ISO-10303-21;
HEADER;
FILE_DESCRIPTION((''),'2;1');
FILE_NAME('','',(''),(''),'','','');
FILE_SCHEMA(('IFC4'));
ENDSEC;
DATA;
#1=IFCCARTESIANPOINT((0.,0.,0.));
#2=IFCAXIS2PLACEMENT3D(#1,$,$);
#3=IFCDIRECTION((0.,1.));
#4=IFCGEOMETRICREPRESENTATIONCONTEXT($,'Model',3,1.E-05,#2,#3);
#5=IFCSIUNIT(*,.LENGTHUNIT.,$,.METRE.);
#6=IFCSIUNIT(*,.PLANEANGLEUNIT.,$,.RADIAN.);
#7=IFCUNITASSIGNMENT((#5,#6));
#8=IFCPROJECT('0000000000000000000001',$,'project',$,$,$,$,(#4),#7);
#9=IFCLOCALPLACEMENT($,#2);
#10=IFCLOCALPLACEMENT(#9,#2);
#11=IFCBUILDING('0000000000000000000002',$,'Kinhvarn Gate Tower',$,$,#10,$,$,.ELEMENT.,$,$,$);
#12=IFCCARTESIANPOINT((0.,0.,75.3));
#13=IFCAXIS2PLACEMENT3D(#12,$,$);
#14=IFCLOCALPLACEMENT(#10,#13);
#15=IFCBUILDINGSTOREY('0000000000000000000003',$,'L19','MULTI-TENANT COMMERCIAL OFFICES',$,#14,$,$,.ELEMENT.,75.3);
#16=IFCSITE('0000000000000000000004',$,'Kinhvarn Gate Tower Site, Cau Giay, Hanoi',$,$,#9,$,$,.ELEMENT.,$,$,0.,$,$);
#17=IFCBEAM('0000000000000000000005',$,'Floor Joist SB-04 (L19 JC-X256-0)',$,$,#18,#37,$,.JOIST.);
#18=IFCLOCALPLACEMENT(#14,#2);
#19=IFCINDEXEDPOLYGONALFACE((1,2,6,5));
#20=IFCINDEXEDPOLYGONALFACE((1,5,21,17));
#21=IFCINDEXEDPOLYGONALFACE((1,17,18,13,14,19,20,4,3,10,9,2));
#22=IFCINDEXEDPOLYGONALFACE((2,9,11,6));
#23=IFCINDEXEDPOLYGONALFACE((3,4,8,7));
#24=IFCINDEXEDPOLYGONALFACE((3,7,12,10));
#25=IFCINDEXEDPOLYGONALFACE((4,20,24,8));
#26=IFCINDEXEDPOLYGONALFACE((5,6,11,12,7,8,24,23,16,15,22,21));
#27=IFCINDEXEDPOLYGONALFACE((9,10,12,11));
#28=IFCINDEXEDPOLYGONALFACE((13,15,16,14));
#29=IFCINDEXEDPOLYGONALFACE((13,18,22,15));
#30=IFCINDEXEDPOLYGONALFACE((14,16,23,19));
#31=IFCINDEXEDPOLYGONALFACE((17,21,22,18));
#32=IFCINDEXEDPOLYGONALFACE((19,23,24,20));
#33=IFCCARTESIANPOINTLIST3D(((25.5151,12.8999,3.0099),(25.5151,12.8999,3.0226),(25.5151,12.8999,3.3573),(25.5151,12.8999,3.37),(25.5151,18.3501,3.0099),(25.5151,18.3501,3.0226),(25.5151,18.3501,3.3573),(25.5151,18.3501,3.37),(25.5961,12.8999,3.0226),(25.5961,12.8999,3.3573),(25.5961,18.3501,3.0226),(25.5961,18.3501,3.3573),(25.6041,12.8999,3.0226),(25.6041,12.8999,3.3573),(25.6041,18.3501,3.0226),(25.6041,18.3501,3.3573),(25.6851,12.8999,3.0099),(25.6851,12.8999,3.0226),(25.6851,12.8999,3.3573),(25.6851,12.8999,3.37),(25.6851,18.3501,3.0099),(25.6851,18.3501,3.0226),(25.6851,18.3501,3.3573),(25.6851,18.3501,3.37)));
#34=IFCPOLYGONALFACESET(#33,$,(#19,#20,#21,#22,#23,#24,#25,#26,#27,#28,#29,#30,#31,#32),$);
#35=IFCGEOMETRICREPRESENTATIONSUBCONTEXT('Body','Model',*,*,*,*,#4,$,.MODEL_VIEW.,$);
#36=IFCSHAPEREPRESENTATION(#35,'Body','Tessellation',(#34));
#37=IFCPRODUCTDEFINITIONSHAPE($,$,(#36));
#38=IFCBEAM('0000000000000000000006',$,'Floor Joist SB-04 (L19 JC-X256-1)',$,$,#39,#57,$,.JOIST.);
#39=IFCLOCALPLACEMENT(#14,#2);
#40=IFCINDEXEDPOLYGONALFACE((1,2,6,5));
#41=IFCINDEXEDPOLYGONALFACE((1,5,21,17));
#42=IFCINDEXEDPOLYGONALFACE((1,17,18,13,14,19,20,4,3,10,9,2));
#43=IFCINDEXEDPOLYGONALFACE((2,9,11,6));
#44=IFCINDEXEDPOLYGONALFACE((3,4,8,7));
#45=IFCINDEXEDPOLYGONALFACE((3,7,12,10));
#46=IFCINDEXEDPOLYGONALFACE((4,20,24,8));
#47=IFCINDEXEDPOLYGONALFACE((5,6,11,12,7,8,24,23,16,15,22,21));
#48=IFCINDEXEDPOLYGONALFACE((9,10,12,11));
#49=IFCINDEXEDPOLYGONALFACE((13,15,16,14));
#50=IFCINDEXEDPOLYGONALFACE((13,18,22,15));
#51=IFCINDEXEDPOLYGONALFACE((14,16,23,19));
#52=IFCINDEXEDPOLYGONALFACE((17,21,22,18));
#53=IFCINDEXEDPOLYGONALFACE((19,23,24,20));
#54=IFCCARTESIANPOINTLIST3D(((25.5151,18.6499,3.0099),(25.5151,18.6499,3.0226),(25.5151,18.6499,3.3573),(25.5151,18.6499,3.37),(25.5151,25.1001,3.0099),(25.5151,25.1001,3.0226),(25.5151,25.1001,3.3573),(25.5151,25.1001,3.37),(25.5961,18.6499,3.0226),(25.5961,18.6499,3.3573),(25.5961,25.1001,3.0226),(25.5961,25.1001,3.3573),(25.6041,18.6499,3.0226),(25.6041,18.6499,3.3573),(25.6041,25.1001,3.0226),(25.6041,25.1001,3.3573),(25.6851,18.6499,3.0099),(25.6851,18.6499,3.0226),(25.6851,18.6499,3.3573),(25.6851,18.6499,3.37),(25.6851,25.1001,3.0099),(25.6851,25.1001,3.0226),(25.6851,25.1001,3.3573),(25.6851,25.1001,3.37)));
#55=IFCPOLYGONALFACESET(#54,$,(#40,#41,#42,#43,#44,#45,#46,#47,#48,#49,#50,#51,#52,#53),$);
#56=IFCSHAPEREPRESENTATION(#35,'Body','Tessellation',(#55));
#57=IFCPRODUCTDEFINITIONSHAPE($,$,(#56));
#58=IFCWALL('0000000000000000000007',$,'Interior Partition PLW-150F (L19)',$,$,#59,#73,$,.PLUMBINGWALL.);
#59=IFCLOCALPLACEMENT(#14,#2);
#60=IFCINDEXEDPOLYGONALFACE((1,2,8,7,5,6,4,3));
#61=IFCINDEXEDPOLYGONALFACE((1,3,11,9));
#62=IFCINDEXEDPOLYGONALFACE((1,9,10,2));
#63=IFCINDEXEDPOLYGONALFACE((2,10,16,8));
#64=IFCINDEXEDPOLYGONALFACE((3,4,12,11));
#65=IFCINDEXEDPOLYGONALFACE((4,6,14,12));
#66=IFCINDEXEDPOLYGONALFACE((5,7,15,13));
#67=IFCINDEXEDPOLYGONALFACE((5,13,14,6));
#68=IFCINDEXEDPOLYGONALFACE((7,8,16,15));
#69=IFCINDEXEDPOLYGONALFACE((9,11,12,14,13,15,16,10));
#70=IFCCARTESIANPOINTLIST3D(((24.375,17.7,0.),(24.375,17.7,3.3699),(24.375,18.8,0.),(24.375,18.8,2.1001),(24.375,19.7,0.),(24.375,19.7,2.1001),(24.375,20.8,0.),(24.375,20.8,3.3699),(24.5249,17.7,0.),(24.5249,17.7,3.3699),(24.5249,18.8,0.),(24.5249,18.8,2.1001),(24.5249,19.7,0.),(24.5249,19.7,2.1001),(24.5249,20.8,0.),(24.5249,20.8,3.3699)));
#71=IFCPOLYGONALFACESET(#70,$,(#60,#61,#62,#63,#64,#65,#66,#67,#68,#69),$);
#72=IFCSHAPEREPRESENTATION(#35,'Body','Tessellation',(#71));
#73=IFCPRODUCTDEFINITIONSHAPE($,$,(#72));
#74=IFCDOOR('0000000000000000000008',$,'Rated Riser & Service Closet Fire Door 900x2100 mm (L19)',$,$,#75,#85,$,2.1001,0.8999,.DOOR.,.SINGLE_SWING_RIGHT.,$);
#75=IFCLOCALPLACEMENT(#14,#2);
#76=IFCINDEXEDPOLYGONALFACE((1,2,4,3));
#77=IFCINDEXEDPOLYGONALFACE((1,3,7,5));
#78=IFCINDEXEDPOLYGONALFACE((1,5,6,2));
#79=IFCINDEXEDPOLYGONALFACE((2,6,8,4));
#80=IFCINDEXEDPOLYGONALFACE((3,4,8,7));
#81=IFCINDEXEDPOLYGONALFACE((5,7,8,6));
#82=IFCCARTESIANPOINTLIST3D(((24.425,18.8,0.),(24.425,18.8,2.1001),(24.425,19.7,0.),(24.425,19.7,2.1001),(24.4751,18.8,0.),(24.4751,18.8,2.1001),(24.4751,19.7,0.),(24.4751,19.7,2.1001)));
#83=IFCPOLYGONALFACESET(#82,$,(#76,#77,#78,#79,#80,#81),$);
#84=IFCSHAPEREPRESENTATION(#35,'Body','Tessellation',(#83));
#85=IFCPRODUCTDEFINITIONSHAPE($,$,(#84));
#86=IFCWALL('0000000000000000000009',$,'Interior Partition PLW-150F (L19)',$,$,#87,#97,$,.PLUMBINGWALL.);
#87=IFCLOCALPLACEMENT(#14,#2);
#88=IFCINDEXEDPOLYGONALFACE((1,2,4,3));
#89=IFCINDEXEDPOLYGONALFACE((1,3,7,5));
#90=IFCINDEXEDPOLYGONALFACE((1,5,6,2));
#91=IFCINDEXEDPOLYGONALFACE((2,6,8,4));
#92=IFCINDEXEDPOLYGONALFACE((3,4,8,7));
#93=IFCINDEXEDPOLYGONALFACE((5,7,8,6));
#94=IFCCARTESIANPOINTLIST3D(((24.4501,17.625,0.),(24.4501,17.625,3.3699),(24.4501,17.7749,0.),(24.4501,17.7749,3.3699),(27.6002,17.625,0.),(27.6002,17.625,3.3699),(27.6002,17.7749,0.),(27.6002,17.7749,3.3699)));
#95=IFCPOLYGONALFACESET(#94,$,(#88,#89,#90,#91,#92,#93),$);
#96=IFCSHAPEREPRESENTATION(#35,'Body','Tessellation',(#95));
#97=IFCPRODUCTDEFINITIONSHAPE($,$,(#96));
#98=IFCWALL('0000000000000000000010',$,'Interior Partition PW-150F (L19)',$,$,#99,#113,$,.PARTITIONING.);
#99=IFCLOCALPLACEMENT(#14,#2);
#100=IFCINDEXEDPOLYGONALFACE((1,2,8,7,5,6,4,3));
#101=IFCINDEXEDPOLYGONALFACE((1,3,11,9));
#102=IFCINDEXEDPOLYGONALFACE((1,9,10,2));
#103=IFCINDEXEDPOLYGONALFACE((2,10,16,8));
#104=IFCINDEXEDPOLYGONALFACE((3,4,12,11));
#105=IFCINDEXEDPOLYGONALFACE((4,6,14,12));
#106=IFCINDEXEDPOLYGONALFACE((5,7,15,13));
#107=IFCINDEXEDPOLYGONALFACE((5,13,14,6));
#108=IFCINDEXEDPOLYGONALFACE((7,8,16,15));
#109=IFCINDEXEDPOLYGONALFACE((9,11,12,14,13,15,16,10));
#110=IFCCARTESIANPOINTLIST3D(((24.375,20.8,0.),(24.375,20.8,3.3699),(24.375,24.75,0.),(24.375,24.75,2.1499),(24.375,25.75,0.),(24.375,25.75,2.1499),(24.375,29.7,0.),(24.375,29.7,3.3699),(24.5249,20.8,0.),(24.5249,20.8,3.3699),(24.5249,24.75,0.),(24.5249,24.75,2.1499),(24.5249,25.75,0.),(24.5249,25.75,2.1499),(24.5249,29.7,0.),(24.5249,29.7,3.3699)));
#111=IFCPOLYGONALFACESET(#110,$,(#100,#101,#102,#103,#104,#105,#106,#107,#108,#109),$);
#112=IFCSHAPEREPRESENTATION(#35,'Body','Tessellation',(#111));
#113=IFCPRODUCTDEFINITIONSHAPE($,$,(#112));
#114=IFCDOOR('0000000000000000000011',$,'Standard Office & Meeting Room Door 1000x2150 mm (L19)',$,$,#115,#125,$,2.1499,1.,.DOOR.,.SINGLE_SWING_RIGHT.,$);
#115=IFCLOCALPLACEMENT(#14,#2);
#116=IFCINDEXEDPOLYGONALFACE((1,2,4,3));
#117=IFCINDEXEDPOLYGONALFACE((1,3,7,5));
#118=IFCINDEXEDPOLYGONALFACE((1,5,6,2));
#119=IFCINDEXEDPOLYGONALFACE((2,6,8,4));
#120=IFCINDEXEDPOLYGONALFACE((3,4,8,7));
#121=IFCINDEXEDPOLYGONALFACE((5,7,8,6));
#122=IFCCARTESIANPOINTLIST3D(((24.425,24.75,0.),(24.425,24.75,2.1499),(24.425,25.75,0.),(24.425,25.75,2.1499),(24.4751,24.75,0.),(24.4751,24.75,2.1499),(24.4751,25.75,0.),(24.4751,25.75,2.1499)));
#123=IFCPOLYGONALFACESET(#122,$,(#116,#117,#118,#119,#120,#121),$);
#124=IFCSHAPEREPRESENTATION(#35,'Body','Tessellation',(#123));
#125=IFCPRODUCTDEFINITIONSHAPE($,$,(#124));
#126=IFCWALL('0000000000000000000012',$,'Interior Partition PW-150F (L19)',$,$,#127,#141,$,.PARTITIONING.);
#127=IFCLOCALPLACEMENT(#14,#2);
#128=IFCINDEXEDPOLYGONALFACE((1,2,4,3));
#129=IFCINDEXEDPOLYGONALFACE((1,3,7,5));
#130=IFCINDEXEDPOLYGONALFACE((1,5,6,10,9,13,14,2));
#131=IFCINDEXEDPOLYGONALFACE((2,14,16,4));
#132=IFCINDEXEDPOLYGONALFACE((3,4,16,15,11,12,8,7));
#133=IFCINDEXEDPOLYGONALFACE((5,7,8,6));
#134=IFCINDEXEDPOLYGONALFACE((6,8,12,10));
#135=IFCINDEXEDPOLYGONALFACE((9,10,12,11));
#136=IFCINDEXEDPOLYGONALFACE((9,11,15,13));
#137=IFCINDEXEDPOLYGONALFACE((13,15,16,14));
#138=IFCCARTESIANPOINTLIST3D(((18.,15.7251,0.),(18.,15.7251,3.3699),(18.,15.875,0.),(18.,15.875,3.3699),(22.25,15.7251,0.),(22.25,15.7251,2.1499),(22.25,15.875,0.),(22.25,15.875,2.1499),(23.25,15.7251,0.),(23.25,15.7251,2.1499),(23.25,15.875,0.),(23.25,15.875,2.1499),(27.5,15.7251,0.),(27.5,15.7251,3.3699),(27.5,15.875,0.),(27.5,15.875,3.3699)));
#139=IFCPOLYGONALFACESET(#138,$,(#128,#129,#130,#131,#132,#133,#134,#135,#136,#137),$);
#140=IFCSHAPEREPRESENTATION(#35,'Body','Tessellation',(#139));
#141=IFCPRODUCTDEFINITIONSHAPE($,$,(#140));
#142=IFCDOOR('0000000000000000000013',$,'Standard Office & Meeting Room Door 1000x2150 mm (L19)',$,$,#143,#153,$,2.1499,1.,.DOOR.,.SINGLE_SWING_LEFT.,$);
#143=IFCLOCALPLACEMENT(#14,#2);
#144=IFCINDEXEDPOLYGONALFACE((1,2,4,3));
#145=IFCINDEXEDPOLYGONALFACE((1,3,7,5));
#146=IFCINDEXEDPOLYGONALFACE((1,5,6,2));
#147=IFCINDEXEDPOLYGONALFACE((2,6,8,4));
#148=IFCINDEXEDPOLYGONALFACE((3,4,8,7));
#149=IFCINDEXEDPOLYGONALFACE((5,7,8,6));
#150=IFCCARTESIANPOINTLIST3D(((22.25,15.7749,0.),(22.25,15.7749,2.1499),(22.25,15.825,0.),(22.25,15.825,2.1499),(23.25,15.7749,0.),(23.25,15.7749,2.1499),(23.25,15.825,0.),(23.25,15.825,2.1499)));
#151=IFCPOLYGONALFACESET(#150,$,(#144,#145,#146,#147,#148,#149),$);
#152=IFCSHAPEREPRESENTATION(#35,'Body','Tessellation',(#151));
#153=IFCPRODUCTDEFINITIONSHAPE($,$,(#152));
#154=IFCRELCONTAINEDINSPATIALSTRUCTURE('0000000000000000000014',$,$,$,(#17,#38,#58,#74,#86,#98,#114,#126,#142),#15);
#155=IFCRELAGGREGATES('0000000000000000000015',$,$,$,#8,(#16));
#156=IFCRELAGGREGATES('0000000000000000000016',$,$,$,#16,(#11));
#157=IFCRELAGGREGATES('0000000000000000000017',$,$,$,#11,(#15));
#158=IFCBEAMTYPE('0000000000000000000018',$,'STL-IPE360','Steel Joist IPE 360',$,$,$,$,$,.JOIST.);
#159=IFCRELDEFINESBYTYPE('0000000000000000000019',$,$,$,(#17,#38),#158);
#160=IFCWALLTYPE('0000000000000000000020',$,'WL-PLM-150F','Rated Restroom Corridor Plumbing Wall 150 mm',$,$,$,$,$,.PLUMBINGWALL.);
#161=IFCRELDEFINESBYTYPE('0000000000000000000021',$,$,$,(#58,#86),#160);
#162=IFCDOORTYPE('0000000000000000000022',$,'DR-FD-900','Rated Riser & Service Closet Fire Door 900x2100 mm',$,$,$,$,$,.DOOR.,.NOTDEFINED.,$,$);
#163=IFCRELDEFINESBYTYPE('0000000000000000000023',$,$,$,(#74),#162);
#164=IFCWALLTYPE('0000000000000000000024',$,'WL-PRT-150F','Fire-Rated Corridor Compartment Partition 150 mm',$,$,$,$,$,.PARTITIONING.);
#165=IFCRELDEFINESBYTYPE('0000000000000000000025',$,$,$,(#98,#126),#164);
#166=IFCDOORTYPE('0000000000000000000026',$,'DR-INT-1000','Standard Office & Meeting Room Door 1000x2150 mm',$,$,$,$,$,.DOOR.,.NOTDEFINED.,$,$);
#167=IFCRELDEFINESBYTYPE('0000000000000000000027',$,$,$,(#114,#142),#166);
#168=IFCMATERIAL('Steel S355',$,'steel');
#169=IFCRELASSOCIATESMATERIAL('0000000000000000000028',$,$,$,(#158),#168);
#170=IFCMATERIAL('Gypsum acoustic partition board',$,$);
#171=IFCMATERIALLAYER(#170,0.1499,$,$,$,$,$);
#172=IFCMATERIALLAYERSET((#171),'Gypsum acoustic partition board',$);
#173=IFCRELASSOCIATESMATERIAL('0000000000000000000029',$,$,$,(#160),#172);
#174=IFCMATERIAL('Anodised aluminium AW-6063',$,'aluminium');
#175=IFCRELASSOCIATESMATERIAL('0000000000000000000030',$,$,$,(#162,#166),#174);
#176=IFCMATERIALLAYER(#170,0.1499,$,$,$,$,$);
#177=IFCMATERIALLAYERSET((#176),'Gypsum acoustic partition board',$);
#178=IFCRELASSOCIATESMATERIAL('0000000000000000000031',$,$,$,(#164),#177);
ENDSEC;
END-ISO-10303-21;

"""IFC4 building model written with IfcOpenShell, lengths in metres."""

from ifc_helpers import new_model, si_unit, direction, frame, frame_2d, origin, origin_2d, place, context, subcontext, project, spatial, rectangle, i_section, extrude, material, layer, layer_set, material_profile, profile_set, type_object, element, fill, save


model = new_model("IFC4")

# Units and contexts
model_context = context("Model", 3, precision=1e-05, world=origin(), true_north=direction((0.0, 1.0)))
body_context = subcontext(model_context, "Body", "Model", "MODEL_VIEW")
ifc_project = project(units=[si_unit("LENGTHUNIT", "METRE"), si_unit("PLANEANGLEUNIT", "RADIAN")], contexts=[model_context])

# Site, building, storey
site_placement = place(None, origin())
site = spatial("IfcSite", under=ifc_project, at=site_placement, Name="Kinhvarn Gate Tower Site, Cau Giay, Hanoi", CompositionType="ELEMENT", RefElevation=0.0)
building_placement = place(site_placement, origin())
building = spatial("IfcBuilding", under=site, at=building_placement, Name="Kinhvarn Gate Tower", CompositionType="ELEMENT")
storey_placement = place(building_placement, frame((0.0, 0.0, 75.3)))
storey = spatial("IfcBuildingStorey", under=building, at=storey_placement, Name="L19", Description="MULTI-TENANT COMMERCIAL OFFICES", CompositionType="ELEMENT", Elevation=75.3)

# Beams
ifc_material_1 = material(Name="Steel S355", Category="steel")
ifc_material_profile_1 = material_profile(ifc_material_1, i_section(OverallWidth=0.1699, OverallDepth=0.3601, WebThickness=0.0081, FlangeThickness=0.0127, at=origin_2d()), Name="IPE 360")
ifc_profile_set_1 = profile_set([ifc_material_profile_1], Name="Steel S355")
beam_type_1 = type_object("IfcBeamType", Name="STL-IPE360", Description="Steel Joist IPE 360", PredefinedType="JOIST", material=ifc_profile_set_1)
beam_1_placement = place(storey_placement, frame((25.6001, 12.8999, 3.1899), z_axis=(0.0, 1.0, 0.0), x_axis=(-1.0, 0.0, 0.0)))
element("IfcBeam", 1, at=beam_1_placement, inside=storey, type_object=beam_type_1, Name="Floor Joist SB-04 (L19 JC-X256-0)", PredefinedType="JOIST", context=body_context, shape_type="SweptSolid", body=[
    extrude(i_section(OverallWidth=0.1699, OverallDepth=0.3601, WebThickness=0.0081, FlangeThickness=0.0127, at=origin_2d()), origin(), (0.0, 0.0, 1.0), 5.4502),
])
beam_2_placement = place(storey_placement, frame((25.6001, 18.6499, 3.1899), z_axis=(0.0, 1.0, 0.0), x_axis=(-1.0, 0.0, 0.0)))
element("IfcBeam", 2, at=beam_2_placement, inside=storey, type_object=beam_type_1, Name="Floor Joist SB-04 (L19 JC-X256-1)", PredefinedType="JOIST", context=body_context, shape_type="SweptSolid", body=[
    extrude(i_section(OverallWidth=0.1699, OverallDepth=0.3601, WebThickness=0.0081, FlangeThickness=0.0127, at=origin_2d()), origin(), (0.0, 0.0, 1.0), 6.4502),
])

# Wall, opening, door
ifc_material_2 = material(Name="Gypsum acoustic partition board")
ifc_layer_1 = layer(ifc_material_2, 0.1499)
ifc_layer_set_1 = layer_set([ifc_layer_1], Name="Gypsum acoustic partition board")
wall_type_1 = type_object("IfcWallType", Name="WL-PLM-150F", Description="Rated Restroom Corridor Plumbing Wall 150 mm", PredefinedType="PLUMBINGWALL", material=ifc_layer_set_1)
wall_1_placement = place(storey_placement, frame((24.45, 17.7, 0.0), z_axis=(0.0, 0.0, 1.0), x_axis=(0.0, 1.0, 0.0)))
wall_1 = element("IfcWall", 3, at=wall_1_placement, inside=storey, type_object=wall_type_1, Name="Interior Partition PLW-150F (L19)", PredefinedType="PLUMBINGWALL", context=body_context, shape_type="SweptSolid", body=[
    extrude(rectangle(XDim=3.1001, YDim=0.1499, at=frame_2d((1.55, 0.0))), origin(), (0.0, 0.0, 1.0), 3.3699),
])
opening_1_placement = place(wall_1_placement, frame((1.1001, 0.0, 0.0)))
opening_1 = element("IfcOpeningElement", 4, at=opening_1_placement, cuts=wall_1, PredefinedType="OPENING", context=body_context, shape_type="SweptSolid", body=[
    extrude(rectangle(XDim=0.8999, YDim=2.1001, at=frame_2d((0.45, 1.05))), frame((0.0, 0.085, 0.0), z_axis=(0.0, -1.0, 0.0), x_axis=(1.0, 0.0, 0.0)), (0.0, 0.0, 1.0), 0.1699),
])
ifc_material_3 = material(Name="Anodised aluminium AW-6063", Category="aluminium")
door_type_1 = type_object("IfcDoorType", Name="DR-FD-900", Description="Rated Riser & Service Closet Fire Door 900x2100 mm", OperationType="NOTDEFINED", PredefinedType="DOOR", material=ifc_material_3)
door_1_placement = place(opening_1_placement, origin())
door_1 = element("IfcDoor", 5, at=door_1_placement, inside=storey, type_object=door_type_1, Name="Rated Riser & Service Closet Fire Door 900x2100 mm (L19)", OperationType="SINGLE_SWING_RIGHT", OverallHeight=2.1001, OverallWidth=0.8999, PredefinedType="DOOR", context=body_context, shape_type="SweptSolid", body=[
    extrude(rectangle(XDim=0.8999, YDim=2.1001, at=frame_2d((0.45, 1.05))), frame((0.0, 0.0249, 0.0), z_axis=(0.0, -1.0, 0.0), x_axis=(1.0, 0.0, 0.0)), (0.0, 0.0, 1.0), 0.05),
])
fill(opening_1, door_1)

# Wall
wall_2_placement = place(storey_placement, frame((24.45, 17.7, 0.0), z_axis=(0.0, 0.0, 1.0), x_axis=(1.0, 0.0, 0.0)))
element("IfcWall", 6, at=wall_2_placement, inside=storey, type_object=wall_type_1, Name="Interior Partition PLW-150F (L19)", PredefinedType="PLUMBINGWALL", context=body_context, shape_type="SweptSolid", body=[
    extrude(rectangle(XDim=3.1501, YDim=0.1499, at=frame_2d((1.5752, 0.0))), origin(), (0.0, 0.0, 1.0), 3.3699),
])

# Walls, openings, doors
ifc_layer_2 = layer(ifc_material_2, 0.1499)
ifc_layer_set_2 = layer_set([ifc_layer_2], Name="Gypsum acoustic partition board")
wall_type_2 = type_object("IfcWallType", Name="WL-PRT-150F", Description="Fire-Rated Corridor Compartment Partition 150 mm", PredefinedType="PARTITIONING", material=ifc_layer_set_2)
wall_3_placement = place(storey_placement, frame((24.45, 20.8, 0.0), z_axis=(0.0, 0.0, 1.0), x_axis=(0.0, 1.0, 0.0)))
wall_3 = element("IfcWall", 7, at=wall_3_placement, inside=storey, type_object=wall_type_2, Name="Interior Partition PW-150F (L19)", PredefinedType="PARTITIONING", context=body_context, shape_type="SweptSolid", body=[
    extrude(rectangle(XDim=8.8999, YDim=0.1499, at=frame_2d((4.45, 0.0))), origin(), (0.0, 0.0, 1.0), 3.3699),
])
opening_2_placement = place(wall_3_placement, frame((3.95, 0.0, 0.0)))
opening_2 = element("IfcOpeningElement", 8, at=opening_2_placement, cuts=wall_3, PredefinedType="OPENING", context=body_context, shape_type="SweptSolid", body=[
    extrude(rectangle(XDim=1.0, YDim=2.1499, at=frame_2d((0.5, 1.075))), frame((0.0, 0.085, 0.0), z_axis=(0.0, -1.0, 0.0), x_axis=(1.0, 0.0, 0.0)), (0.0, 0.0, 1.0), 0.1699),
])
door_type_2 = type_object("IfcDoorType", Name="DR-INT-1000", Description="Standard Office & Meeting Room Door 1000x2150 mm", OperationType="NOTDEFINED", PredefinedType="DOOR", material=ifc_material_3)
door_2_placement = place(opening_2_placement, origin())
door_2 = element("IfcDoor", 9, at=door_2_placement, inside=storey, type_object=door_type_2, Name="Standard Office & Meeting Room Door 1000x2150 mm (L19)", OperationType="SINGLE_SWING_RIGHT", OverallHeight=2.1499, OverallWidth=1.0, PredefinedType="DOOR", context=body_context, shape_type="SweptSolid", body=[
    extrude(rectangle(XDim=1.0, YDim=2.1499, at=frame_2d((0.5, 1.075))), frame((0.0, 0.0249, 0.0), z_axis=(0.0, -1.0, 0.0), x_axis=(1.0, 0.0, 0.0)), (0.0, 0.0, 1.0), 0.05),
])
fill(opening_2, door_2)
wall_4_placement = place(storey_placement, frame((18.0, 15.8, 0.0), z_axis=(0.0, 0.0, 1.0), x_axis=(1.0, 0.0, 0.0)))
wall_4 = element("IfcWall", 10, at=wall_4_placement, inside=storey, type_object=wall_type_2, Name="Interior Partition PW-150F (L19)", PredefinedType="PARTITIONING", context=body_context, shape_type="SweptSolid", body=[
    extrude(rectangle(XDim=9.5, YDim=0.1499, at=frame_2d((4.75, 0.0))), origin(), (0.0, 0.0, 1.0), 3.3699),
])
opening_3_placement = place(wall_4_placement, frame((4.25, 0.0, 0.0)))
opening_3 = element("IfcOpeningElement", 11, at=opening_3_placement, cuts=wall_4, PredefinedType="OPENING", context=body_context, shape_type="SweptSolid", body=[
    extrude(rectangle(XDim=1.0, YDim=2.1499, at=frame_2d((0.5, 1.075))), frame((0.0, 0.085, 0.0), z_axis=(0.0, -1.0, 0.0), x_axis=(1.0, 0.0, 0.0)), (0.0, 0.0, 1.0), 0.1699),
])
door_3_placement = place(opening_3_placement, origin())
door_3 = element("IfcDoor", 12, at=door_3_placement, inside=storey, type_object=door_type_2, Name="Standard Office & Meeting Room Door 1000x2150 mm (L19)", OperationType="SINGLE_SWING_LEFT", OverallHeight=2.1499, OverallWidth=1.0, PredefinedType="DOOR", context=body_context, shape_type="SweptSolid", body=[
    extrude(rectangle(XDim=1.0, YDim=2.1499, at=frame_2d((0.5, 1.075))), frame((0.0, 0.0249, 0.0), z_axis=(0.0, -1.0, 0.0), x_axis=(1.0, 0.0, 0.0)), (0.0, 0.0, 1.0), 0.05),
])
fill(opening_3, door_3)

save(model, "model.ifc")
